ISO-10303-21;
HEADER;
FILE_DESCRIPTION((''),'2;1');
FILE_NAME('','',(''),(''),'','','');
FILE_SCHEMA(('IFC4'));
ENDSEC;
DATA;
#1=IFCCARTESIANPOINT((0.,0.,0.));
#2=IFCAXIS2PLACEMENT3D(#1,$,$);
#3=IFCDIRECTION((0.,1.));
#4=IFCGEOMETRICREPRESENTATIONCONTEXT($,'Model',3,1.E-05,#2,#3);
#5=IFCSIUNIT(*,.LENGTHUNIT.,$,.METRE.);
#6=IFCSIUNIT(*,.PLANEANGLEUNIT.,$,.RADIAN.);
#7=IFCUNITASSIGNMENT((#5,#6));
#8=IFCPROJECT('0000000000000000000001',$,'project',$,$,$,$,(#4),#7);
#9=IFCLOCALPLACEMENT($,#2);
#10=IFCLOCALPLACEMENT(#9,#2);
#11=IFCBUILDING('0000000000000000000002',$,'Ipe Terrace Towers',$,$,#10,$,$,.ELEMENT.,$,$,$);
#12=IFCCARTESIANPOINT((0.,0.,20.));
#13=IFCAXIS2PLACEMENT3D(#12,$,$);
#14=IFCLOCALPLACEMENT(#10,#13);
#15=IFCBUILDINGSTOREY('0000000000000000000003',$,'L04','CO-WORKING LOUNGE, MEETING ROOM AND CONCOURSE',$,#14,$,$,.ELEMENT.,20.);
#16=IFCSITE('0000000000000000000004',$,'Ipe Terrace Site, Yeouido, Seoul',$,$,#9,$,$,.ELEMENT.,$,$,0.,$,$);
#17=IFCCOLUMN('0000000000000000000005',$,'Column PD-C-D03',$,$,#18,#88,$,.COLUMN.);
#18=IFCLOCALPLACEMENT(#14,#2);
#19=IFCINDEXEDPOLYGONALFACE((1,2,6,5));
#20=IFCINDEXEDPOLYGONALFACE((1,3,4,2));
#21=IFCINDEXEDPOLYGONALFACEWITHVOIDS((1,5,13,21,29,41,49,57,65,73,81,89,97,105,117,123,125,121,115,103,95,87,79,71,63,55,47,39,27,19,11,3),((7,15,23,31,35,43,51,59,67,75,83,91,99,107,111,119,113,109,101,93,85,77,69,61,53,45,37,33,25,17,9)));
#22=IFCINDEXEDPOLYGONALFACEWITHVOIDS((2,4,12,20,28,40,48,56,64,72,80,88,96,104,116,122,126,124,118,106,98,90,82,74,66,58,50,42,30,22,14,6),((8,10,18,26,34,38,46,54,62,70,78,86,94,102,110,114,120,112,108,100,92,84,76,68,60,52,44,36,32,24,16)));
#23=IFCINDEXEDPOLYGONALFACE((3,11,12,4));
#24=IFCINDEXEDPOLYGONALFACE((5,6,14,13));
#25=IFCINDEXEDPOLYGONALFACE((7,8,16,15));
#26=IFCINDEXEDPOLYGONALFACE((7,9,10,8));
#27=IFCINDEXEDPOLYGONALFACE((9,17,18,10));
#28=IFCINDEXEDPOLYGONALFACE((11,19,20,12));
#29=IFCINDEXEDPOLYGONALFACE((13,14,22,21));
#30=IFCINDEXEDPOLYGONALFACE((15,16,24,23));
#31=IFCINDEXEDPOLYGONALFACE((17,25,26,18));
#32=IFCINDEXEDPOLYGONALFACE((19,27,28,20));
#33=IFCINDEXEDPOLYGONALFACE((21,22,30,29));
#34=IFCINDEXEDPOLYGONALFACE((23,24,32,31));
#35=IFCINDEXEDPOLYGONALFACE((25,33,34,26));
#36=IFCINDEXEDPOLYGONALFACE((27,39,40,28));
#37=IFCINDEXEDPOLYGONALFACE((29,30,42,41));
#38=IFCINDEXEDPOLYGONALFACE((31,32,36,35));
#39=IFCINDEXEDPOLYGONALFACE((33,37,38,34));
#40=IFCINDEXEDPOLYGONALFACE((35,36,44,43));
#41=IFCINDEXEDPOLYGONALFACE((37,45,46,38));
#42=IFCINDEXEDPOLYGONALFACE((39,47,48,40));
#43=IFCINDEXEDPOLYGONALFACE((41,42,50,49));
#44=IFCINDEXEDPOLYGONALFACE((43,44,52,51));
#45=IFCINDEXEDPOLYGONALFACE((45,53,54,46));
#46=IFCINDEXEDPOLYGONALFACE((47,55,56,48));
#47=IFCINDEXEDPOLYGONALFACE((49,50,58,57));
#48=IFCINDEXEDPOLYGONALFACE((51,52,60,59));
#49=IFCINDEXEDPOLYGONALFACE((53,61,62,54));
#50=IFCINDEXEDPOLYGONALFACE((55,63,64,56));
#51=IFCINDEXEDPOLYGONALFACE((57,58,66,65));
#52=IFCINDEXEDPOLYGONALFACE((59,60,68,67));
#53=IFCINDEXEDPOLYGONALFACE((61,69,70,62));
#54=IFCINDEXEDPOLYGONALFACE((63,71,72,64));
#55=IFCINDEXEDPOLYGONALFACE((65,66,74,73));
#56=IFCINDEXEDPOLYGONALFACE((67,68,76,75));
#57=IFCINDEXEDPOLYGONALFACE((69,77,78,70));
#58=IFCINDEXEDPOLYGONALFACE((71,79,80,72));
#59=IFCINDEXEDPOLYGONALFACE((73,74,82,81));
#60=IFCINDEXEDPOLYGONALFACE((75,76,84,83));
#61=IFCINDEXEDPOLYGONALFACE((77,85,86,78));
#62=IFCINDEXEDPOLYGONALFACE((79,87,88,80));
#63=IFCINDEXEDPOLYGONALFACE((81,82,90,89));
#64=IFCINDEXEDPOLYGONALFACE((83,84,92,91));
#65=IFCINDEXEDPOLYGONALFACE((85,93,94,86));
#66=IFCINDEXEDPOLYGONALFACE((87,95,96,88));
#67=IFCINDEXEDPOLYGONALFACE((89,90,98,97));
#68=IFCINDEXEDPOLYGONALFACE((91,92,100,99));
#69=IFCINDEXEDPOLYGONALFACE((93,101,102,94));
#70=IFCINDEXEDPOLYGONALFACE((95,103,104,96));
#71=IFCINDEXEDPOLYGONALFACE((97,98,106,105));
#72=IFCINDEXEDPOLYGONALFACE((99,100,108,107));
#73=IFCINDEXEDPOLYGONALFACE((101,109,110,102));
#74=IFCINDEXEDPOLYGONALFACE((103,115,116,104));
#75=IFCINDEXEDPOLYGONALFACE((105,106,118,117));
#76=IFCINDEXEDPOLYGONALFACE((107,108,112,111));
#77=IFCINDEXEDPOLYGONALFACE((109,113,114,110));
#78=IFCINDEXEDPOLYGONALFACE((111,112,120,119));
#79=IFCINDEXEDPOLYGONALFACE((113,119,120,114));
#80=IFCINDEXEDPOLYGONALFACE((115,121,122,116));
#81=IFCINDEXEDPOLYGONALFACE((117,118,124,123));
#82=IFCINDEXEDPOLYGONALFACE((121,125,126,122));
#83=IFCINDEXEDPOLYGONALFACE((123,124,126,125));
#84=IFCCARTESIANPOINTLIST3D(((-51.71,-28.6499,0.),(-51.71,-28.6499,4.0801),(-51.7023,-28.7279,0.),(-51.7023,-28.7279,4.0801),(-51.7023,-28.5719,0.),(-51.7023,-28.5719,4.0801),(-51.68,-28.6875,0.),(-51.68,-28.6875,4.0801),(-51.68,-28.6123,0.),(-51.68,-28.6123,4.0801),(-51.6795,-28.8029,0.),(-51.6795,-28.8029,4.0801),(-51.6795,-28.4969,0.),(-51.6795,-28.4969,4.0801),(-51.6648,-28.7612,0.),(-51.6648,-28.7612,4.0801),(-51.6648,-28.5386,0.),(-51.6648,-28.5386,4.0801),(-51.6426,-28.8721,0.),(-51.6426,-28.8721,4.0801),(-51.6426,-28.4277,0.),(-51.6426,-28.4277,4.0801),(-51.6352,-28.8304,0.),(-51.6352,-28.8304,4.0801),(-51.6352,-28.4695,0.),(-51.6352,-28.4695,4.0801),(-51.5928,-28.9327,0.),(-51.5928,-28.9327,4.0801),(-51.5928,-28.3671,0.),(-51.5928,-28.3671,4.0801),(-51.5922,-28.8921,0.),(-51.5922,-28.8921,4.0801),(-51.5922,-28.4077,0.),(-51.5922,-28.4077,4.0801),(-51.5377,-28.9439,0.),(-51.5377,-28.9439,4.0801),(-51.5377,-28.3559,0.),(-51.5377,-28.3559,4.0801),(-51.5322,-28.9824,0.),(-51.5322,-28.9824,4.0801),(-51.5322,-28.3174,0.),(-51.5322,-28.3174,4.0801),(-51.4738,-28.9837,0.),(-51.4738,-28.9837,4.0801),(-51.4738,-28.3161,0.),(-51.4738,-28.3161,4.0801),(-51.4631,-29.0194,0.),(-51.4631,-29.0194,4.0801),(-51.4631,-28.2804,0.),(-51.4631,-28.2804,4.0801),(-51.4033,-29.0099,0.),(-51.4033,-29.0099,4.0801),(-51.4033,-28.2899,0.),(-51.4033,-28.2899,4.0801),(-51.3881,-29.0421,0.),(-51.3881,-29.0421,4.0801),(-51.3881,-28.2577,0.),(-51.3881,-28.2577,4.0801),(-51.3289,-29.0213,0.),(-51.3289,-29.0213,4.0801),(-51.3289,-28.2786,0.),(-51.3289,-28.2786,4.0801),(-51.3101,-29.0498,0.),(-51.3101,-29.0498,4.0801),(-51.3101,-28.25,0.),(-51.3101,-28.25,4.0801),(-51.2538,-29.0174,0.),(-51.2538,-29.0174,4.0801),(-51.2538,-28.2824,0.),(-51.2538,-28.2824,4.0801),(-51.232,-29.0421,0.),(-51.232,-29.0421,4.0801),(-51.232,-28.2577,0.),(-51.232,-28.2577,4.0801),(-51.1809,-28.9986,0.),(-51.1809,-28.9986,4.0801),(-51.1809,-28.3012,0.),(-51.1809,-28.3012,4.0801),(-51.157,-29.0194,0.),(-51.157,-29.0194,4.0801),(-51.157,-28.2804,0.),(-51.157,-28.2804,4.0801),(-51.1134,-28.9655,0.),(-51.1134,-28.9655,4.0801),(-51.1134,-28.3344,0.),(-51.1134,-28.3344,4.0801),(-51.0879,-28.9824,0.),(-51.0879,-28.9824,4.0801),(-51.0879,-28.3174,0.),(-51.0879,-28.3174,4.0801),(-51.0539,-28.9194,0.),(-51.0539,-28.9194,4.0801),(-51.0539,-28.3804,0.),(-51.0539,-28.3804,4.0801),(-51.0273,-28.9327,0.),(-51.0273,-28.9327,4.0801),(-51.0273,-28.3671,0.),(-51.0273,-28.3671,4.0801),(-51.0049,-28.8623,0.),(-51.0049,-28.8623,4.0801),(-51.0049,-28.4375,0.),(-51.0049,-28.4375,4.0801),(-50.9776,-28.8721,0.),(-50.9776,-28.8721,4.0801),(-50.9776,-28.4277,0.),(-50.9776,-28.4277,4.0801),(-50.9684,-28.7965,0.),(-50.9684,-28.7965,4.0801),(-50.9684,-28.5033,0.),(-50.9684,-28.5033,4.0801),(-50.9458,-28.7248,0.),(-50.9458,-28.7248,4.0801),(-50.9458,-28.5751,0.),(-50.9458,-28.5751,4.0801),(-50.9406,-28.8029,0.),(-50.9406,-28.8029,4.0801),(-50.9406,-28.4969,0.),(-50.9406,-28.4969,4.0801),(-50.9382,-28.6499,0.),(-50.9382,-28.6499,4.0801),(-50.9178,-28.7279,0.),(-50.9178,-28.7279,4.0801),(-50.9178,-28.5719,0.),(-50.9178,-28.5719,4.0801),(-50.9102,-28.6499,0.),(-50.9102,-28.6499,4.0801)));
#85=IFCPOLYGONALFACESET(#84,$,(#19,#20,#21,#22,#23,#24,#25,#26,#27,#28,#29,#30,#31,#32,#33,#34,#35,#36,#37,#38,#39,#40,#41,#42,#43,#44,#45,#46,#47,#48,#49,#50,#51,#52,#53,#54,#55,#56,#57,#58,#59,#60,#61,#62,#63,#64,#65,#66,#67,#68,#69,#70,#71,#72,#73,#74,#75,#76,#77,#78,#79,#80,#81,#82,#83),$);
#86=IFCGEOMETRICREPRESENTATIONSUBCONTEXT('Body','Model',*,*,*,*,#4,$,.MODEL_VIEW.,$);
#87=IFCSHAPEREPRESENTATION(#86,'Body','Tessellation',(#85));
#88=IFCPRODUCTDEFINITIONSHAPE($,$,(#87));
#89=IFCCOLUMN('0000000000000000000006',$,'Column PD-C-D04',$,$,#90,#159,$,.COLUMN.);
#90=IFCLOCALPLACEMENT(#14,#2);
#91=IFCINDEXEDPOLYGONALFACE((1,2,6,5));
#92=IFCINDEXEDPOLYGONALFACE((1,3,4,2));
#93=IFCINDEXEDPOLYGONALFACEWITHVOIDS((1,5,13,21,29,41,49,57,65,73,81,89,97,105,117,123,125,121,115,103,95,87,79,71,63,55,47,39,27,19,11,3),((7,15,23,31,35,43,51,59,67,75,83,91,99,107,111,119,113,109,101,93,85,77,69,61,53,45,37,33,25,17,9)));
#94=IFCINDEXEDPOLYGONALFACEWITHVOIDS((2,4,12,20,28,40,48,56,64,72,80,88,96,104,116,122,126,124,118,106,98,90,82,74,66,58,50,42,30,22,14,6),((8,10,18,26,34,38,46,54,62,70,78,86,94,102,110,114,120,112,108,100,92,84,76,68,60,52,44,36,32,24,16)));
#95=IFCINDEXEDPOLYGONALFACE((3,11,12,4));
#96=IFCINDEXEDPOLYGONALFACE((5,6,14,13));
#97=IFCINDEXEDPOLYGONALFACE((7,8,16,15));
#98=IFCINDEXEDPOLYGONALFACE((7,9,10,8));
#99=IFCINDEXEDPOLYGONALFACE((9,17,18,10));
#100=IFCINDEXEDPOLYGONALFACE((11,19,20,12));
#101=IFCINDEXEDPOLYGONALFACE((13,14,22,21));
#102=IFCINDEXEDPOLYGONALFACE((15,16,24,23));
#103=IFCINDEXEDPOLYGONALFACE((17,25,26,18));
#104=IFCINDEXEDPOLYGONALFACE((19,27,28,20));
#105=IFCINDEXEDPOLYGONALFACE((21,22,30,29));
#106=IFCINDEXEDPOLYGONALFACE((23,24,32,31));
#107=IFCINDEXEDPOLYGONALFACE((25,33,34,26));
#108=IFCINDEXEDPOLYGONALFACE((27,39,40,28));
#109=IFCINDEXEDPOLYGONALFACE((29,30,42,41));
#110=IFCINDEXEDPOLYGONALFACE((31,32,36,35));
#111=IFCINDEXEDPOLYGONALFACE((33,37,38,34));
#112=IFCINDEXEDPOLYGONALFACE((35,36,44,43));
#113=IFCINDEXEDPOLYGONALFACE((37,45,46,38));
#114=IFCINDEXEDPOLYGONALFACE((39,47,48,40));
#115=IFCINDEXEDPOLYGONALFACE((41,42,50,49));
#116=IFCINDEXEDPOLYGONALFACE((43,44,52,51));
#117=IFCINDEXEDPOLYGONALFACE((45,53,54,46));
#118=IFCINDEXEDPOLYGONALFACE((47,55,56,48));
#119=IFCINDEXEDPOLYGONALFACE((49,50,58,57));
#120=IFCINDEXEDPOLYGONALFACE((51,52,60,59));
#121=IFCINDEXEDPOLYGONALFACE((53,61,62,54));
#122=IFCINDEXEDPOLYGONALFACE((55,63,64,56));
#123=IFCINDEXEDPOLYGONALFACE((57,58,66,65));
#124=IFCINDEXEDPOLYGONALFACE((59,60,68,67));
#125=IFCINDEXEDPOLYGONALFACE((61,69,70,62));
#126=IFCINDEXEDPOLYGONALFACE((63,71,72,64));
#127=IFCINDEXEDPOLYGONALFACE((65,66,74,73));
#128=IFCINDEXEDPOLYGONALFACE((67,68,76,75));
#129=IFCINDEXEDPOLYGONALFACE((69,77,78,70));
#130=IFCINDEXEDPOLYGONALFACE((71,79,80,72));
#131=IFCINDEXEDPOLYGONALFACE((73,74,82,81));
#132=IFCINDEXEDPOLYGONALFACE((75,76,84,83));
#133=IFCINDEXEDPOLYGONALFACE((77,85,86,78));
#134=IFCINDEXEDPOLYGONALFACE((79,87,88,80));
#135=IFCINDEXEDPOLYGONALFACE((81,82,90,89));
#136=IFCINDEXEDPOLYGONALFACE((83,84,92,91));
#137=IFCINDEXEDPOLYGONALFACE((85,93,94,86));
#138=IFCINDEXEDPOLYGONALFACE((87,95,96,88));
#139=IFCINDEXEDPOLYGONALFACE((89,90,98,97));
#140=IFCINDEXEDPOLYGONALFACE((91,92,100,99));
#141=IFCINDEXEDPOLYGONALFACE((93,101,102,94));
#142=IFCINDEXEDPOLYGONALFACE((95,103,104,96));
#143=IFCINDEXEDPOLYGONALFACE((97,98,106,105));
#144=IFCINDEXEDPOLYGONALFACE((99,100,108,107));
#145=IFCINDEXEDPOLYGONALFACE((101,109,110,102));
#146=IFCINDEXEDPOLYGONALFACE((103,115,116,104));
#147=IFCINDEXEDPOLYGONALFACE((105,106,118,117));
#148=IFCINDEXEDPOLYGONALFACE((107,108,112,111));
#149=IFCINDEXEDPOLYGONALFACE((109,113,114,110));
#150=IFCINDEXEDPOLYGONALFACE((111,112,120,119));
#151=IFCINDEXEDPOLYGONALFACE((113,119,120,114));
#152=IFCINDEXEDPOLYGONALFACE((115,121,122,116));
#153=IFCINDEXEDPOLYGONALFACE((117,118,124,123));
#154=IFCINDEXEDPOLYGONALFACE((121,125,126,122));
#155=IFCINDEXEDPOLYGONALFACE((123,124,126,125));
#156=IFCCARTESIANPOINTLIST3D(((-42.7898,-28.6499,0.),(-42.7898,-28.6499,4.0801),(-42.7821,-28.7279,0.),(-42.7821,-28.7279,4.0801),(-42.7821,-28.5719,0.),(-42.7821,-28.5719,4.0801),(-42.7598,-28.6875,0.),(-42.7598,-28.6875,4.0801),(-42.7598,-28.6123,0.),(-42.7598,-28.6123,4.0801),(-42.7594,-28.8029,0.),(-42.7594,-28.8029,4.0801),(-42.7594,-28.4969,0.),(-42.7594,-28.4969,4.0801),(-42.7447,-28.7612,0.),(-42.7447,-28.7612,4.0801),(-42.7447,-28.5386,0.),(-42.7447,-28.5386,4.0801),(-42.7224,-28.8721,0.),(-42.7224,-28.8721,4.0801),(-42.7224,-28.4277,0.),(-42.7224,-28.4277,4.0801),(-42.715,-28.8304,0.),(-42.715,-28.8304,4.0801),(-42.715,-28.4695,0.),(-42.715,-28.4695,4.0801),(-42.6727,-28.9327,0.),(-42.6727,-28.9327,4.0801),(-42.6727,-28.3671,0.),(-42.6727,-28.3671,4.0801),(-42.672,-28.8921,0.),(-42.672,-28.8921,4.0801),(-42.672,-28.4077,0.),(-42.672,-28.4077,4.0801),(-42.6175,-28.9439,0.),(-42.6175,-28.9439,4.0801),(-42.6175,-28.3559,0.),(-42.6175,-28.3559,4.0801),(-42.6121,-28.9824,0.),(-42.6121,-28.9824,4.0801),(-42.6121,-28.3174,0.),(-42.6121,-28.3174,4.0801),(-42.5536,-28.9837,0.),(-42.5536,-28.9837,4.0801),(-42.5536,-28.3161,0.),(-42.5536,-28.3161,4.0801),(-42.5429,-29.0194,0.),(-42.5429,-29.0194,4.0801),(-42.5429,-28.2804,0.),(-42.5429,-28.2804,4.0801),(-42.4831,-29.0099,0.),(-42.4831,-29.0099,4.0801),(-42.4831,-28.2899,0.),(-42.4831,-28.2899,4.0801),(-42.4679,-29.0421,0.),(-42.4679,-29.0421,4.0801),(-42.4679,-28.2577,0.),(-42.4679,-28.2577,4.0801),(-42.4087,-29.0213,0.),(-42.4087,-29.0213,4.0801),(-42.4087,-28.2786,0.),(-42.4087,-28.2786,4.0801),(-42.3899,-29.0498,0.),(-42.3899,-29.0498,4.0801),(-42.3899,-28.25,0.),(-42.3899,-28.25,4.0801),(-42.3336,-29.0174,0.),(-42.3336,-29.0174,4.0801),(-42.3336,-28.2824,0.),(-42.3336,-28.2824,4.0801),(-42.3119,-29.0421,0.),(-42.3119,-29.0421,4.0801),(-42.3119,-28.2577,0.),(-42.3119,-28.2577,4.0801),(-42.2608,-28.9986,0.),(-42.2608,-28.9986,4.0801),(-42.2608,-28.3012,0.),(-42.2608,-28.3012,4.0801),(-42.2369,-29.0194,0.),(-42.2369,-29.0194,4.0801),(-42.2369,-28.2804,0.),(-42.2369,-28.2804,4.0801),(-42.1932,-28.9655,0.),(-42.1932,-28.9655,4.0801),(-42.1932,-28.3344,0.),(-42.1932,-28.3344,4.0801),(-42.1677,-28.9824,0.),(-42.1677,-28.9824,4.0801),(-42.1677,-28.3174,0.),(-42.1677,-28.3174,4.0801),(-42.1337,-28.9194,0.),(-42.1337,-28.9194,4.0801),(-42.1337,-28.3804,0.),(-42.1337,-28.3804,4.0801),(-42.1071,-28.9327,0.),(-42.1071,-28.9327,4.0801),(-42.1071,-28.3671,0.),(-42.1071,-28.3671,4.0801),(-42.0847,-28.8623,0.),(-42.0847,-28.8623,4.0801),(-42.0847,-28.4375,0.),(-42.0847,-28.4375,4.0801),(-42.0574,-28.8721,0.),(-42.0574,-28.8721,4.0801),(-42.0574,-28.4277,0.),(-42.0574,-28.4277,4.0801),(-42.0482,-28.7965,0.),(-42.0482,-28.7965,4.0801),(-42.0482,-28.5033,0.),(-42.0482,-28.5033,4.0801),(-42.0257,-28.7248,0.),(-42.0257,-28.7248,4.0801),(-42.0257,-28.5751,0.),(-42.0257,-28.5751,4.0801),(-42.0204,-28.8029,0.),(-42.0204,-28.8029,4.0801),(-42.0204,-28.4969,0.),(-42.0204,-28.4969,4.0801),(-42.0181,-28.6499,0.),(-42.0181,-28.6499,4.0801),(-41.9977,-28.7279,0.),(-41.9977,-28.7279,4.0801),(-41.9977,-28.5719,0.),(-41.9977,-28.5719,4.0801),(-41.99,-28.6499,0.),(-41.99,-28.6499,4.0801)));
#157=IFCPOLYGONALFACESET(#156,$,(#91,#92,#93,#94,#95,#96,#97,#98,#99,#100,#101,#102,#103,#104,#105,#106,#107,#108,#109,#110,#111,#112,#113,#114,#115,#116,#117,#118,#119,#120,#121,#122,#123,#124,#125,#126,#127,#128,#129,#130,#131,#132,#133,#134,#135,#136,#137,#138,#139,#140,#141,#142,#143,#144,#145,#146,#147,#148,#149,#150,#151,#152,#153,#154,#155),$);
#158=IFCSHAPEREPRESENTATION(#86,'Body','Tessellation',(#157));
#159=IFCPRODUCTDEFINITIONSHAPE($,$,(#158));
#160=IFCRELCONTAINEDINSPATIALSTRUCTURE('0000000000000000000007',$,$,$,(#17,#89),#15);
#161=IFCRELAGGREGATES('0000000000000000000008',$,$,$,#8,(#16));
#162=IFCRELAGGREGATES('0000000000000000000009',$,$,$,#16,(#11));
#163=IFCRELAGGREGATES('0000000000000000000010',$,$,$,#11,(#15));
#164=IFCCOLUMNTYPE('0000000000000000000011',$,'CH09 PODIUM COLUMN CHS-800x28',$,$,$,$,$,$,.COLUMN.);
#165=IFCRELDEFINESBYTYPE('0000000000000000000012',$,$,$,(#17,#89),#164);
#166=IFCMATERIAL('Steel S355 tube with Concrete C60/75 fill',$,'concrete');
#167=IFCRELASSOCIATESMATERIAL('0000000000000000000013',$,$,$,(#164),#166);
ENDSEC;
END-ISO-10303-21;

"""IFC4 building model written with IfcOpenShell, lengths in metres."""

from ifc_helpers import new_model, si_unit, direction, frame, origin, origin_2d, place, context, subcontext, project, spatial, hollow_circle, extrude, material, material_profile, profile_set, type_object, element, save


model = new_model("IFC4")

# Units and contexts
model_context = context("Model", 3, precision=1e-05, world=origin(), true_north=direction((0.0, 1.0)))
body_context = subcontext(model_context, "Body", "Model", "MODEL_VIEW")
ifc_project = project(units=[si_unit("LENGTHUNIT", "METRE"), si_unit("PLANEANGLEUNIT", "RADIAN")], contexts=[model_context])

# Site, building, storey
site_placement = place(None, origin())
site = spatial("IfcSite", under=ifc_project, at=site_placement, Name="Ipe Terrace Site, Yeouido, Seoul", CompositionType="ELEMENT", RefElevation=0.0)
building_placement = place(site_placement, origin())
building = spatial("IfcBuilding", under=site, at=building_placement, Name="Ipe Terrace Towers", CompositionType="ELEMENT")
storey_placement = place(building_placement, frame((0.0, 0.0, 20.0)))
storey = spatial("IfcBuildingStorey", under=building, at=storey_placement, Name="L04", Description="CO-WORKING LOUNGE, MEETING ROOM AND CONCOURSE", CompositionType="ELEMENT", Elevation=20.0)

# Columns
ifc_material_1 = material(Name="Steel S355 tube with Concrete C60/75 fill", Category="concrete")
ifc_material_profile_1 = material_profile(ifc_material_1, hollow_circle(Radius=0.3999, WallThickness=0.0281, at=origin_2d()), Name="CHS-800x28")
ifc_profile_set_1 = profile_set([ifc_material_profile_1], Name="Steel S355 tube with Concrete C60/75 fill")
column_type = type_object("IfcColumnType", Name="CH09 PODIUM COLUMN CHS-800x28", PredefinedType="COLUMN", material=ifc_profile_set_1)
for number, where, z_axis, x_axis, name in (
    (1, (-51.3101, -28.6499, 0.0), (0.0, 0.0, 1.0), (1.0, 0.0, 0.0), "Column PD-C-D03"),
    (2, (-42.3899, -28.6499, 0.0), (0.0, 0.0, 1.0), (1.0, 0.0, 0.0), "Column PD-C-D04"),
):
    element("IfcColumn", number, at=place(storey_placement, frame(where, z_axis=z_axis, x_axis=x_axis)), inside=storey, type_object=column_type, Name=name, PredefinedType="COLUMN", context=body_context, shape_type="SweptSolid", body=[
        extrude(hollow_circle(Radius=0.3999, WallThickness=0.0281, at=origin_2d()), origin(), (0.0, 0.0, 1.0), 4.0801),
    ])

save(model, "model.ifc")
